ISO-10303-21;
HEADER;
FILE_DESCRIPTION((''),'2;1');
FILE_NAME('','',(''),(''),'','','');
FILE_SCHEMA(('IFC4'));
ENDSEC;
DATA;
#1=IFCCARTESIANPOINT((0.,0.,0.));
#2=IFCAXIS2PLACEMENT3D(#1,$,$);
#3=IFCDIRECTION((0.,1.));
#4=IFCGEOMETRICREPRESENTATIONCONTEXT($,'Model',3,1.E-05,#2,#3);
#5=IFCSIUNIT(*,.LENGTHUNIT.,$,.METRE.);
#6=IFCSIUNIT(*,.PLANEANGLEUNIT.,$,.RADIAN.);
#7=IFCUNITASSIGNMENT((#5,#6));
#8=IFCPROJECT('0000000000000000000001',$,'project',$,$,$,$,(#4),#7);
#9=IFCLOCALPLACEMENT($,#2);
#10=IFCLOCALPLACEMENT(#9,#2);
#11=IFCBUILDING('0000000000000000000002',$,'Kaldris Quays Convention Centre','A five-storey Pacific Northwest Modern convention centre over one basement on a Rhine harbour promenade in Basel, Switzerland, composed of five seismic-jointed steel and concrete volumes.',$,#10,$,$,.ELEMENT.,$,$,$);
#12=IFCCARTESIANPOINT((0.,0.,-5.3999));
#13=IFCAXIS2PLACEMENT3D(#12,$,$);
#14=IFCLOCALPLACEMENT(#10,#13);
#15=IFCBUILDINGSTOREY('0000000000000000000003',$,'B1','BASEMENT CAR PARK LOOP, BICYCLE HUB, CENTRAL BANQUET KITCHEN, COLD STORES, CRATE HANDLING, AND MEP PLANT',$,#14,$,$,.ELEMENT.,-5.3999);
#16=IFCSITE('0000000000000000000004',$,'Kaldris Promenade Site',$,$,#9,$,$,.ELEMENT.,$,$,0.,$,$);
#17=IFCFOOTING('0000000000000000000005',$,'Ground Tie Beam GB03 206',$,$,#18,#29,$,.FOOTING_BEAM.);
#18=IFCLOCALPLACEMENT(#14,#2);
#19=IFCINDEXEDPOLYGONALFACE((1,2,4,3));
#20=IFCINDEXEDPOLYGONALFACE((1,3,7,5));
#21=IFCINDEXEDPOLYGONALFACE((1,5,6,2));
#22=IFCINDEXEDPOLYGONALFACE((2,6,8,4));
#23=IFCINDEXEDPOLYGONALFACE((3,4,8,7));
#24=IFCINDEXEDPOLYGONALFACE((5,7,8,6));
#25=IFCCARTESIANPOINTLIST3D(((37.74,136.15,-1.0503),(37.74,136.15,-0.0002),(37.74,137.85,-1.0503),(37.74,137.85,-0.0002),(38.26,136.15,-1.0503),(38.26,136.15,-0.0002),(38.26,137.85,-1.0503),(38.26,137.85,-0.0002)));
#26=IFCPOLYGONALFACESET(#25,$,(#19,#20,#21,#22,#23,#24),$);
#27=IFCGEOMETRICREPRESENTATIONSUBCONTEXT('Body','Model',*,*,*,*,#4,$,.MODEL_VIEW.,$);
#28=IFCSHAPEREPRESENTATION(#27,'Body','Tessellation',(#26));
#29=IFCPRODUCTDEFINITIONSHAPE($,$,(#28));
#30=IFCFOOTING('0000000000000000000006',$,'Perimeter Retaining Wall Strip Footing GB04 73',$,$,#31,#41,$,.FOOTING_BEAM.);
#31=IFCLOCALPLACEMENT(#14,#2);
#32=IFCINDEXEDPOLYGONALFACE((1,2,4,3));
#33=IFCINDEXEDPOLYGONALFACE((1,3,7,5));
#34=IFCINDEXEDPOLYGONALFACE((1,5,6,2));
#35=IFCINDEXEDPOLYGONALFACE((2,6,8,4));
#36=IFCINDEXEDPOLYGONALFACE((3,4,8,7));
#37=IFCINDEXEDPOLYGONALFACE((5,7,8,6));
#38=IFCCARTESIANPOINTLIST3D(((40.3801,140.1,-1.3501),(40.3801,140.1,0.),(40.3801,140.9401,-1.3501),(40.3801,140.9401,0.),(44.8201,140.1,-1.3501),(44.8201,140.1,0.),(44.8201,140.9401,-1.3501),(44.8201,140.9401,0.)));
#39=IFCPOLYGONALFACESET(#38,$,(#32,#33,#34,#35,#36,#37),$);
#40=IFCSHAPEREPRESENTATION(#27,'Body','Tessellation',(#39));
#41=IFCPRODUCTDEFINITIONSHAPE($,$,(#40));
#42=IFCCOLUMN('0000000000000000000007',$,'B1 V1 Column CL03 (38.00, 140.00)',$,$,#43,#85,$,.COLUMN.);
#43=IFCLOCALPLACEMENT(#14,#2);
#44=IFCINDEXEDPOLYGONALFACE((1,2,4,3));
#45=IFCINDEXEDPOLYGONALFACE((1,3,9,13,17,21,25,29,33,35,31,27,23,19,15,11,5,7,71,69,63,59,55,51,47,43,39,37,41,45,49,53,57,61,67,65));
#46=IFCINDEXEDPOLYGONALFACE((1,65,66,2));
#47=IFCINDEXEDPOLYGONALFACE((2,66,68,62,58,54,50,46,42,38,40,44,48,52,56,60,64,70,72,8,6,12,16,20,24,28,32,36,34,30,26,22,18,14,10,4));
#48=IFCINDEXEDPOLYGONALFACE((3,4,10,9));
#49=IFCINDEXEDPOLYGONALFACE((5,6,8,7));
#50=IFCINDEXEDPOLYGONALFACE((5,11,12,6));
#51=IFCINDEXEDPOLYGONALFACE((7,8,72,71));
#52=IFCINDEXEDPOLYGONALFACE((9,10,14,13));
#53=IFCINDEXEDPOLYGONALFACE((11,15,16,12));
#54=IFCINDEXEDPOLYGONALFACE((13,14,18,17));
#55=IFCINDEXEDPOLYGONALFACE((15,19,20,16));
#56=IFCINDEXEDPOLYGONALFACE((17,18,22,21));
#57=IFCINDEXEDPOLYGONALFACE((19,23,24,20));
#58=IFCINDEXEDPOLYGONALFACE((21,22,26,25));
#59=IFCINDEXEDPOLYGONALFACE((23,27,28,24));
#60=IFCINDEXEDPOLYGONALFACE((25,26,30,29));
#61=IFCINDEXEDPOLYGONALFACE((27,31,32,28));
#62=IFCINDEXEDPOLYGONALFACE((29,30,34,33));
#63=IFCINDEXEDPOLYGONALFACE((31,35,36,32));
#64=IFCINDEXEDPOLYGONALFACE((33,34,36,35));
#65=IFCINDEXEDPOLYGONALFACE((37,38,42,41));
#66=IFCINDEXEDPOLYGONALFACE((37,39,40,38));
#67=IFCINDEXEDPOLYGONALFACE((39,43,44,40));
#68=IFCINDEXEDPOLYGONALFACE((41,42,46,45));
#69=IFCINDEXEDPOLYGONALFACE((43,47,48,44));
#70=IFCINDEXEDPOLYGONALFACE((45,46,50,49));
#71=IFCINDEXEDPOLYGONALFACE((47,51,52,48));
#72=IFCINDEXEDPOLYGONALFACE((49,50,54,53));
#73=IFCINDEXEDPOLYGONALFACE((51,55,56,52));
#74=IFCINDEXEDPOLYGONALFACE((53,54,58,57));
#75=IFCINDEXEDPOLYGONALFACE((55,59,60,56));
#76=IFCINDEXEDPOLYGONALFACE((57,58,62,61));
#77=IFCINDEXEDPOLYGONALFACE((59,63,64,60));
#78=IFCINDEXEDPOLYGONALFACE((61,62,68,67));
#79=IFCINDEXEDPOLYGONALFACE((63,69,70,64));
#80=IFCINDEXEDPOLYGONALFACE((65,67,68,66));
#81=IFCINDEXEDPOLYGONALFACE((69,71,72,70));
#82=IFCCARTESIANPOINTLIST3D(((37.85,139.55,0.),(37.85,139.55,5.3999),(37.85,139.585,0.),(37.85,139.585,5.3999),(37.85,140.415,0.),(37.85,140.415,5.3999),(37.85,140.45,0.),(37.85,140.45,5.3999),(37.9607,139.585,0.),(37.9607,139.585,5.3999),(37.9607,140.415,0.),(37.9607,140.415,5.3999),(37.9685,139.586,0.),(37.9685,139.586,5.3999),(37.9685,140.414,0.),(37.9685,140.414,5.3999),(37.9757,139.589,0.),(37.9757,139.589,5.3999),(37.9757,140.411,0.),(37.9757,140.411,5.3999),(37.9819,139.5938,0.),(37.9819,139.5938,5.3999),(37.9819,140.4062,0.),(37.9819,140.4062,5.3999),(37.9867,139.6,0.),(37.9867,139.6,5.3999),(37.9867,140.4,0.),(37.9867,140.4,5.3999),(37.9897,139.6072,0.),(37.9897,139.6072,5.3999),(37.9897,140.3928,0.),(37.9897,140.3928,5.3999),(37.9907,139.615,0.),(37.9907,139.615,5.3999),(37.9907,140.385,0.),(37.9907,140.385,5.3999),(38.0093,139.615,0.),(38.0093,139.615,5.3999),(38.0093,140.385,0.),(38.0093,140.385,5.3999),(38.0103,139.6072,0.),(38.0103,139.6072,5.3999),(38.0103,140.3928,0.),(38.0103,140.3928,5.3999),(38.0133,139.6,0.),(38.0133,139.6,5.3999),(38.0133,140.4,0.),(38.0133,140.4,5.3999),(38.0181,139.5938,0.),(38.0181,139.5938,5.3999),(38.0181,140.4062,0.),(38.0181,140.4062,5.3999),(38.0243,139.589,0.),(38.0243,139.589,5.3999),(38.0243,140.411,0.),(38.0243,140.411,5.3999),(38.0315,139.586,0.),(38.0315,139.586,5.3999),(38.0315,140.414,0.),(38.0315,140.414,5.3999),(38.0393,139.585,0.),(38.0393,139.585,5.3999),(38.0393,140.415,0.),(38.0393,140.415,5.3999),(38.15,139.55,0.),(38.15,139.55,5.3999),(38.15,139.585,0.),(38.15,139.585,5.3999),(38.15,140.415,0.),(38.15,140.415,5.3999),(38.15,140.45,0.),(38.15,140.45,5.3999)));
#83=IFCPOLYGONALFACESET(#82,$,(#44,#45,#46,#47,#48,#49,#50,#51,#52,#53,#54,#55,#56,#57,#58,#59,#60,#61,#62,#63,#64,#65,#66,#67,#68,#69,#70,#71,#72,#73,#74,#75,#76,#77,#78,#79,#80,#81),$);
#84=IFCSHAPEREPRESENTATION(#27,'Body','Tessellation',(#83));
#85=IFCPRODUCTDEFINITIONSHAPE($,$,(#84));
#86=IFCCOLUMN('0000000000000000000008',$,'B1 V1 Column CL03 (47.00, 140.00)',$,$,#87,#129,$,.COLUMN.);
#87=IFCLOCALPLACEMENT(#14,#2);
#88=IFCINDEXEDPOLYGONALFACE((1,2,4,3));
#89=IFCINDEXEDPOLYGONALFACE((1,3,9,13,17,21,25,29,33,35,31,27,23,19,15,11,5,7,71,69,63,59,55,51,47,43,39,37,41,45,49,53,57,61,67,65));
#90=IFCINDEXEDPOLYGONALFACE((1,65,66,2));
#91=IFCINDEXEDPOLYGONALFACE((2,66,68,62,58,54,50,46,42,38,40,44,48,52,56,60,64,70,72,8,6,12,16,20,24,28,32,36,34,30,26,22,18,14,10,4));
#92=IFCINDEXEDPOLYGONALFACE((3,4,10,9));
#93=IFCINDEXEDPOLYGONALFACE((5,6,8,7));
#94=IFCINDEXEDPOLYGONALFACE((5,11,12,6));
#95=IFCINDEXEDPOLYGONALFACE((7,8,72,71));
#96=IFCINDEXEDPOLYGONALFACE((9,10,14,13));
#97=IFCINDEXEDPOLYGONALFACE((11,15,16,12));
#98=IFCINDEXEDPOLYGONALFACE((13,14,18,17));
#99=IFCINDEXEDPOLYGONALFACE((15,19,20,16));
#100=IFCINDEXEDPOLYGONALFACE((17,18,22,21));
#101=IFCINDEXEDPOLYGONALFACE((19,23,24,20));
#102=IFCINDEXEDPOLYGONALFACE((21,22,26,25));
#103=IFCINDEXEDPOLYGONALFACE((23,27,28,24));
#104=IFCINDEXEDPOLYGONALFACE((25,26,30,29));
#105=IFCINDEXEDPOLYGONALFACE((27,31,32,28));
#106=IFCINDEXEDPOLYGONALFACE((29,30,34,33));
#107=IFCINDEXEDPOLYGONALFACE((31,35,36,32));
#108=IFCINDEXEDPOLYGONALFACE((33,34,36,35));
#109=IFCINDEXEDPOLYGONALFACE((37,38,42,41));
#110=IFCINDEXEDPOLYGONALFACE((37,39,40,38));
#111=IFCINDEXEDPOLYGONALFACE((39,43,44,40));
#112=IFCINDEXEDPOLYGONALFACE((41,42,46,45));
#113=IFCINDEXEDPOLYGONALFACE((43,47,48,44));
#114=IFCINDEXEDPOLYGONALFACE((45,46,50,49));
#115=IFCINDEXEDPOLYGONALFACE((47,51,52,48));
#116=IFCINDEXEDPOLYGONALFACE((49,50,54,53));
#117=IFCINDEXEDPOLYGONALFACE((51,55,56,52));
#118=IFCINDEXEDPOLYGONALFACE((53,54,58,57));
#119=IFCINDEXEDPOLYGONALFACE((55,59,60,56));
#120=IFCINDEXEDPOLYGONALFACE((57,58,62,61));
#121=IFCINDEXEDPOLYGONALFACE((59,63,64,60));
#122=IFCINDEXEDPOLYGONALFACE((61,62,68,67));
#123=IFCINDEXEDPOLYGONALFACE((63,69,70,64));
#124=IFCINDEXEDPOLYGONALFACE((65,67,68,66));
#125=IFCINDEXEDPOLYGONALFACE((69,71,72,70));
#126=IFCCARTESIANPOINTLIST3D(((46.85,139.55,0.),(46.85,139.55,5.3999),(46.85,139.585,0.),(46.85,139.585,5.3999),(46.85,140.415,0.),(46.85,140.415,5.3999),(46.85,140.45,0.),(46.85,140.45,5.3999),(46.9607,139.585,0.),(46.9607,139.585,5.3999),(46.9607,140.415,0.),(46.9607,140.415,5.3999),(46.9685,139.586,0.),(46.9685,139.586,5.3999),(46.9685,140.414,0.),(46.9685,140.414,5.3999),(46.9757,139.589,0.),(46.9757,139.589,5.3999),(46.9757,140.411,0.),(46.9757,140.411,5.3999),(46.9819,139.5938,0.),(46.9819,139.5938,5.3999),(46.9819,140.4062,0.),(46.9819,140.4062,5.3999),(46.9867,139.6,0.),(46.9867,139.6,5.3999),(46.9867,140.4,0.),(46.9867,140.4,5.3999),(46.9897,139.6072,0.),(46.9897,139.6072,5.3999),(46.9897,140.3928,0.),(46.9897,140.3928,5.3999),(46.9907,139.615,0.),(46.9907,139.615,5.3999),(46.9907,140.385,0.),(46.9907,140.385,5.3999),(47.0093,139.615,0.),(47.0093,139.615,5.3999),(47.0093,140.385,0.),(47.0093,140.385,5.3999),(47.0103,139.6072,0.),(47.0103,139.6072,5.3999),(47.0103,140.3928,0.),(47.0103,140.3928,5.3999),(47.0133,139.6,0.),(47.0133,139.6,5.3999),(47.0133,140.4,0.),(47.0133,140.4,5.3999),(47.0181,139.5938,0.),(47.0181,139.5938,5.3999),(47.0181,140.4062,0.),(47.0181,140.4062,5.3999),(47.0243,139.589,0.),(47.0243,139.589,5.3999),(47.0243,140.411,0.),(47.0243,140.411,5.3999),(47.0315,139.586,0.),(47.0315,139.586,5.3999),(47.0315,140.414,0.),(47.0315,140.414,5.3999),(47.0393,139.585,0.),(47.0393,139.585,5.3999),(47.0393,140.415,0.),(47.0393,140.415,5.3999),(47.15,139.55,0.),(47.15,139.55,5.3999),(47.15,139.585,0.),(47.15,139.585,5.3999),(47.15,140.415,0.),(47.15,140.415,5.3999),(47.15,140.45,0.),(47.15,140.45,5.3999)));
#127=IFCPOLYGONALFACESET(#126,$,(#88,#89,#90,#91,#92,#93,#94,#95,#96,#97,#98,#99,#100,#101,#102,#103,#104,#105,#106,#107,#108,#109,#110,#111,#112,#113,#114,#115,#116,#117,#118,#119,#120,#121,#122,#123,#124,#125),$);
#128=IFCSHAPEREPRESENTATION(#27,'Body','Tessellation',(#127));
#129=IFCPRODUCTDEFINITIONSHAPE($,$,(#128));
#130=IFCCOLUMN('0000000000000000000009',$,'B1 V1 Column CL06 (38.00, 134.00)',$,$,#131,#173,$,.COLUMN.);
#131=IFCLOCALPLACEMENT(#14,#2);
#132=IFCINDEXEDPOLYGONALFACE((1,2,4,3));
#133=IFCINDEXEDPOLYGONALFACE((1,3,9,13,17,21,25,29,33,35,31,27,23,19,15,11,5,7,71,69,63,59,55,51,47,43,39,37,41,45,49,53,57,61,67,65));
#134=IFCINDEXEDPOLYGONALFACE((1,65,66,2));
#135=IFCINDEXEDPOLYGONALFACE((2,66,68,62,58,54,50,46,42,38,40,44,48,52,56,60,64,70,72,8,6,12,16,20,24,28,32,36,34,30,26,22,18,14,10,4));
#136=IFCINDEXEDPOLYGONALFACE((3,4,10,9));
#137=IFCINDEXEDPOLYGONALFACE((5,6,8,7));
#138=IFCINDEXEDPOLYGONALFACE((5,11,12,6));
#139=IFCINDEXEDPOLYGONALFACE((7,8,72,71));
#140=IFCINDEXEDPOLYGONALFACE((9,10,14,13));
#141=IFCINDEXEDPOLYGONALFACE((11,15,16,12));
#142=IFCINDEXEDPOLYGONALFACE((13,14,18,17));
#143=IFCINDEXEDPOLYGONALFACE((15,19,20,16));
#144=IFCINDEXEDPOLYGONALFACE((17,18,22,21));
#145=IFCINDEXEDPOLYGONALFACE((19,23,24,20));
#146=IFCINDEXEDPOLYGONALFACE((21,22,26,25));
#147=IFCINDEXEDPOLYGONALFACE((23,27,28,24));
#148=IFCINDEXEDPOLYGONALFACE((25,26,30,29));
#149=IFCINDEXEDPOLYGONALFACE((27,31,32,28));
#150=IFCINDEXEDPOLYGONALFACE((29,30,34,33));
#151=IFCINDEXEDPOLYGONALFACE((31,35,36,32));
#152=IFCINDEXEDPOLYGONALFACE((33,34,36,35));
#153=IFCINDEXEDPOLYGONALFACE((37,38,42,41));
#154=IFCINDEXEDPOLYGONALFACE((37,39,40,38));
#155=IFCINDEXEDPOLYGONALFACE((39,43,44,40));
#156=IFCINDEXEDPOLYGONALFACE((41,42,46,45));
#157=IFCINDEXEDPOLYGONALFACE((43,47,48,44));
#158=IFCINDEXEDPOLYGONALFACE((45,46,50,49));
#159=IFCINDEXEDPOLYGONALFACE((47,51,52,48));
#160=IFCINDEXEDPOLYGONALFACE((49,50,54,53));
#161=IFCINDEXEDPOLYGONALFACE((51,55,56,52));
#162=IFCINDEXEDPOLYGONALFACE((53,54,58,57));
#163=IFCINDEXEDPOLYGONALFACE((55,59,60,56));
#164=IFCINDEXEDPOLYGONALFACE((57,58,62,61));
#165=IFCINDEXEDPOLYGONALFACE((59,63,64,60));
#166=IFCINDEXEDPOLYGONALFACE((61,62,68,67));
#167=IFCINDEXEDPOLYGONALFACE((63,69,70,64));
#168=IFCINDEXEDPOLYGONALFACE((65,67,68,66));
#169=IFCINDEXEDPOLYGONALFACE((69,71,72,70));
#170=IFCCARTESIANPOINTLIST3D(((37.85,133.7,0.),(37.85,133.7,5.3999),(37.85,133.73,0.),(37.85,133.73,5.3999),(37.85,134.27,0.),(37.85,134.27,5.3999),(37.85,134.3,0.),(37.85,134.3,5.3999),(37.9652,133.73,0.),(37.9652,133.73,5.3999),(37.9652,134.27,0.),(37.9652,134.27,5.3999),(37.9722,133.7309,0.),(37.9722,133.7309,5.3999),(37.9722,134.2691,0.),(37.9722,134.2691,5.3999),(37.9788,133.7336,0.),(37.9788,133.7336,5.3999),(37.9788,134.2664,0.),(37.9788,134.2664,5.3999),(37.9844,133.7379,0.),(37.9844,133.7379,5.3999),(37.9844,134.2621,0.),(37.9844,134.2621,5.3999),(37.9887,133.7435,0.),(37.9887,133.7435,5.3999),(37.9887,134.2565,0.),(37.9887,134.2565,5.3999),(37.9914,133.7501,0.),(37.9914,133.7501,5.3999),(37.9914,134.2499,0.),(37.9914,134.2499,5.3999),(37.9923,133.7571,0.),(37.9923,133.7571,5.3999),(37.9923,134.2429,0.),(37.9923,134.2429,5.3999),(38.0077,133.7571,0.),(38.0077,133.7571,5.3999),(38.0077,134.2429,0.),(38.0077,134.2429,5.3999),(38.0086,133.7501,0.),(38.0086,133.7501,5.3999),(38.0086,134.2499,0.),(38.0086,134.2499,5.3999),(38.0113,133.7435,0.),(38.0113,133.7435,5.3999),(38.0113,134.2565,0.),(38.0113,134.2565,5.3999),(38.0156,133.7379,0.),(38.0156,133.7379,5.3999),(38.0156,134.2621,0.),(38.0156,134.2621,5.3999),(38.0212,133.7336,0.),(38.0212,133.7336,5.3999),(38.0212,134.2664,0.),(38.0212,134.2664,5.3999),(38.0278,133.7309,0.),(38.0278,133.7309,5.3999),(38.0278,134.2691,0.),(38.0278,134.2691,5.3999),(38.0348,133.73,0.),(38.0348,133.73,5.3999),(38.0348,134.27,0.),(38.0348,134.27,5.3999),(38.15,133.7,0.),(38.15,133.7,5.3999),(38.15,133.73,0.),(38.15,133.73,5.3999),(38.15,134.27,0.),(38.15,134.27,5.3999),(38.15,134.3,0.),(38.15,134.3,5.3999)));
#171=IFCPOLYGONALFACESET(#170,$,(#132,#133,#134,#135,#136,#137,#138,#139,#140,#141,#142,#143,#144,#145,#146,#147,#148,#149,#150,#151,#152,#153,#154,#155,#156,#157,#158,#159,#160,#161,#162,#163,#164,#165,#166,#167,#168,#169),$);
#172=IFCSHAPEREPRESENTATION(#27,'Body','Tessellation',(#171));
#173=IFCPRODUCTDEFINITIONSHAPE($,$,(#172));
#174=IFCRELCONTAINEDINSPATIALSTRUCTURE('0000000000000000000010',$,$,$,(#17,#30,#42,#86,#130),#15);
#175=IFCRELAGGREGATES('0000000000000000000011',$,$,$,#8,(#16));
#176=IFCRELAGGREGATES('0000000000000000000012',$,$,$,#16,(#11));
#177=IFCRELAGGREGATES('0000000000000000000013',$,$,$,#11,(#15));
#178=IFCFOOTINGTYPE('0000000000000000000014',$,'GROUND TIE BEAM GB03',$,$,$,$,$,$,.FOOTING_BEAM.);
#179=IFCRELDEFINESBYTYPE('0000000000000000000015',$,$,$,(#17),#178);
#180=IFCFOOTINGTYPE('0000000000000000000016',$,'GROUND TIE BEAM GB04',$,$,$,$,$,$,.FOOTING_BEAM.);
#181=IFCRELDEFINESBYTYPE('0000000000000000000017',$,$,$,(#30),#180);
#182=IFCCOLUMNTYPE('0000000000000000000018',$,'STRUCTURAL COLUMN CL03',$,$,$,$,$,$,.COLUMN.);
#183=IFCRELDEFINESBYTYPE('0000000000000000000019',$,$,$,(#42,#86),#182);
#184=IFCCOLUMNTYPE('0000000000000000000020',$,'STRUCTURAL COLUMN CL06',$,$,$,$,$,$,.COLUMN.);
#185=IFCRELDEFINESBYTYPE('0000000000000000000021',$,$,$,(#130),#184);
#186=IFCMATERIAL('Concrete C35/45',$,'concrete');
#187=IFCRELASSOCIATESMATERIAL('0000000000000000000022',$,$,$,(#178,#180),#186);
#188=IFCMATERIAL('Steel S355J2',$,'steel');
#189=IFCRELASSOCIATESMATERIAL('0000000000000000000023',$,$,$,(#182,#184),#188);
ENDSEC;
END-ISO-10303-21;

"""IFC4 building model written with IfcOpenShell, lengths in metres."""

from ifc_helpers import new_model, si_unit, direction, frame, origin, origin_2d, place, context, subcontext, project, spatial, rectangle, i_section, extrude, material, material_profile, profile_set, type_object, element, save


model = new_model("IFC4")

# Units and contexts
model_context = context("Model", 3, precision=1e-05, world=origin(), true_north=direction((0.0, 1.0)))
body_context = subcontext(model_context, "Body", "Model", "MODEL_VIEW")
ifc_project = project(units=[si_unit("LENGTHUNIT", "METRE"), si_unit("PLANEANGLEUNIT", "RADIAN")], contexts=[model_context])

# Site, building, storey
site_placement = place(None, origin())
site = spatial("IfcSite", under=ifc_project, at=site_placement, Name="Kaldris Promenade Site", CompositionType="ELEMENT", RefElevation=0.0)
building_placement = place(site_placement, origin())
building = spatial("IfcBuilding", under=site, at=building_placement, Name="Kaldris Quays Convention Centre", Description="A five-storey Pacific Northwest Modern convention centre over one basement on a Rhine harbour promenade in Basel, Switzerland, composed of five seismic-jointed steel and concrete volumes.", CompositionType="ELEMENT")
storey_placement = place(building_placement, frame((0.0, 0.0, -5.3999)))
storey = spatial("IfcBuildingStorey", under=building, at=storey_placement, Name="B1", Description="BASEMENT CAR PARK LOOP, BICYCLE HUB, CENTRAL BANQUET KITCHEN, COLD STORES, CRATE HANDLING, AND MEP PLANT", CompositionType="ELEMENT", Elevation=-5.3999)

# Shared definitions
ifc_material_1 = material(Name="Concrete C35/45", Category="concrete")

# Footings
footing_type_1 = type_object("IfcFootingType", Name="GROUND TIE BEAM GB03", PredefinedType="FOOTING_BEAM", material=ifc_material_1)
footing_1_placement = place(storey_placement, frame((38.0, 137.0, -1.0503), z_axis=(0.0, 0.0, 1.0), x_axis=(1.0, 0.0, 0.0)))
element("IfcFooting", 1, at=footing_1_placement, inside=storey, type_object=footing_type_1, Name="Ground Tie Beam GB03 206", PredefinedType="FOOTING_BEAM", context=body_context, shape_type="SweptSolid", body=[
    extrude(rectangle(XDim=0.52, YDim=1.7, at=origin_2d()), origin(), (0.0, 0.0, 1.0), 1.05),
])
footing_type_2 = type_object("IfcFootingType", Name="GROUND TIE BEAM GB04", PredefinedType="FOOTING_BEAM", material=ifc_material_1)
footing_2_placement = place(storey_placement, frame((42.6001, 140.52, -1.3501), z_axis=(0.0, 0.0, 1.0), x_axis=(1.0, 0.0, 0.0)))
element("IfcFooting", 2, at=footing_2_placement, inside=storey, type_object=footing_type_2, Name="Perimeter Retaining Wall Strip Footing GB04 73", PredefinedType="FOOTING_BEAM", context=body_context, shape_type="SweptSolid", body=[
    extrude(rectangle(XDim=4.4399, YDim=0.8401, at=origin_2d()), origin(), (0.0, 0.0, 1.0), 1.3501),
])

# Columns
ifc_material_2 = material(Name="Steel S355J2", Category="steel")
ifc_material_profile_1 = material_profile(ifc_material_2, i_section(OverallWidth=0.3, OverallDepth=0.8999, WebThickness=0.0186, FlangeThickness=0.0349, FilletRadius=0.03, at=origin_2d()), Name="HEB 900")
ifc_profile_set_1 = profile_set([ifc_material_profile_1], Name="Steel S355J2")
column_type_1 = type_object("IfcColumnType", Name="STRUCTURAL COLUMN CL03", PredefinedType="COLUMN", material=ifc_profile_set_1)
for number, where, z_axis, x_axis, name in (
    (3, (38.0, 140.0, 0.0), (0.0, 0.0, 1.0), (1.0, 0.0, 0.0), "B1 V1 Column CL03 (38.00, 140.00)"),
    (4, (47.0, 140.0, 0.0), (0.0, 0.0, 1.0), (1.0, 0.0, 0.0), "B1 V1 Column CL03 (47.00, 140.00)"),
):
    element("IfcColumn", number, at=place(storey_placement, frame(where, z_axis=z_axis, x_axis=x_axis)), inside=storey, type_object=column_type_1, Name=name, PredefinedType="COLUMN", context=body_context, shape_type="SweptSolid", body=[
        extrude(i_section(OverallWidth=0.3, OverallDepth=0.8999, WebThickness=0.0186, FlangeThickness=0.0349, FilletRadius=0.03, at=origin_2d()), origin(), (0.0, 0.0, 1.0), 5.3999),
    ])
ifc_material_profile_2 = material_profile(ifc_material_2, i_section(OverallWidth=0.3, OverallDepth=0.6001, WebThickness=0.0154, FlangeThickness=0.03, FilletRadius=0.0271, at=origin_2d()), Name="HEB 600")
ifc_profile_set_2 = profile_set([ifc_material_profile_2], Name="Steel S355J2")
column_type_2 = type_object("IfcColumnType", Name="STRUCTURAL COLUMN CL06", PredefinedType="COLUMN", material=ifc_profile_set_2)
column_placement = place(storey_placement, frame((38.0, 134.0, 0.0), z_axis=(0.0, 0.0, 1.0), x_axis=(1.0, 0.0, 0.0)))
element("IfcColumn", 5, at=column_placement, inside=storey, type_object=column_type_2, Name="B1 V1 Column CL06 (38.00, 134.00)", PredefinedType="COLUMN", context=body_context, shape_type="SweptSolid", body=[
    extrude(i_section(OverallWidth=0.3, OverallDepth=0.6001, WebThickness=0.0154, FlangeThickness=0.03, FilletRadius=0.0271, at=origin_2d()), origin(), (0.0, 0.0, 1.0), 5.3999),
])

save(model, "model.ifc")
